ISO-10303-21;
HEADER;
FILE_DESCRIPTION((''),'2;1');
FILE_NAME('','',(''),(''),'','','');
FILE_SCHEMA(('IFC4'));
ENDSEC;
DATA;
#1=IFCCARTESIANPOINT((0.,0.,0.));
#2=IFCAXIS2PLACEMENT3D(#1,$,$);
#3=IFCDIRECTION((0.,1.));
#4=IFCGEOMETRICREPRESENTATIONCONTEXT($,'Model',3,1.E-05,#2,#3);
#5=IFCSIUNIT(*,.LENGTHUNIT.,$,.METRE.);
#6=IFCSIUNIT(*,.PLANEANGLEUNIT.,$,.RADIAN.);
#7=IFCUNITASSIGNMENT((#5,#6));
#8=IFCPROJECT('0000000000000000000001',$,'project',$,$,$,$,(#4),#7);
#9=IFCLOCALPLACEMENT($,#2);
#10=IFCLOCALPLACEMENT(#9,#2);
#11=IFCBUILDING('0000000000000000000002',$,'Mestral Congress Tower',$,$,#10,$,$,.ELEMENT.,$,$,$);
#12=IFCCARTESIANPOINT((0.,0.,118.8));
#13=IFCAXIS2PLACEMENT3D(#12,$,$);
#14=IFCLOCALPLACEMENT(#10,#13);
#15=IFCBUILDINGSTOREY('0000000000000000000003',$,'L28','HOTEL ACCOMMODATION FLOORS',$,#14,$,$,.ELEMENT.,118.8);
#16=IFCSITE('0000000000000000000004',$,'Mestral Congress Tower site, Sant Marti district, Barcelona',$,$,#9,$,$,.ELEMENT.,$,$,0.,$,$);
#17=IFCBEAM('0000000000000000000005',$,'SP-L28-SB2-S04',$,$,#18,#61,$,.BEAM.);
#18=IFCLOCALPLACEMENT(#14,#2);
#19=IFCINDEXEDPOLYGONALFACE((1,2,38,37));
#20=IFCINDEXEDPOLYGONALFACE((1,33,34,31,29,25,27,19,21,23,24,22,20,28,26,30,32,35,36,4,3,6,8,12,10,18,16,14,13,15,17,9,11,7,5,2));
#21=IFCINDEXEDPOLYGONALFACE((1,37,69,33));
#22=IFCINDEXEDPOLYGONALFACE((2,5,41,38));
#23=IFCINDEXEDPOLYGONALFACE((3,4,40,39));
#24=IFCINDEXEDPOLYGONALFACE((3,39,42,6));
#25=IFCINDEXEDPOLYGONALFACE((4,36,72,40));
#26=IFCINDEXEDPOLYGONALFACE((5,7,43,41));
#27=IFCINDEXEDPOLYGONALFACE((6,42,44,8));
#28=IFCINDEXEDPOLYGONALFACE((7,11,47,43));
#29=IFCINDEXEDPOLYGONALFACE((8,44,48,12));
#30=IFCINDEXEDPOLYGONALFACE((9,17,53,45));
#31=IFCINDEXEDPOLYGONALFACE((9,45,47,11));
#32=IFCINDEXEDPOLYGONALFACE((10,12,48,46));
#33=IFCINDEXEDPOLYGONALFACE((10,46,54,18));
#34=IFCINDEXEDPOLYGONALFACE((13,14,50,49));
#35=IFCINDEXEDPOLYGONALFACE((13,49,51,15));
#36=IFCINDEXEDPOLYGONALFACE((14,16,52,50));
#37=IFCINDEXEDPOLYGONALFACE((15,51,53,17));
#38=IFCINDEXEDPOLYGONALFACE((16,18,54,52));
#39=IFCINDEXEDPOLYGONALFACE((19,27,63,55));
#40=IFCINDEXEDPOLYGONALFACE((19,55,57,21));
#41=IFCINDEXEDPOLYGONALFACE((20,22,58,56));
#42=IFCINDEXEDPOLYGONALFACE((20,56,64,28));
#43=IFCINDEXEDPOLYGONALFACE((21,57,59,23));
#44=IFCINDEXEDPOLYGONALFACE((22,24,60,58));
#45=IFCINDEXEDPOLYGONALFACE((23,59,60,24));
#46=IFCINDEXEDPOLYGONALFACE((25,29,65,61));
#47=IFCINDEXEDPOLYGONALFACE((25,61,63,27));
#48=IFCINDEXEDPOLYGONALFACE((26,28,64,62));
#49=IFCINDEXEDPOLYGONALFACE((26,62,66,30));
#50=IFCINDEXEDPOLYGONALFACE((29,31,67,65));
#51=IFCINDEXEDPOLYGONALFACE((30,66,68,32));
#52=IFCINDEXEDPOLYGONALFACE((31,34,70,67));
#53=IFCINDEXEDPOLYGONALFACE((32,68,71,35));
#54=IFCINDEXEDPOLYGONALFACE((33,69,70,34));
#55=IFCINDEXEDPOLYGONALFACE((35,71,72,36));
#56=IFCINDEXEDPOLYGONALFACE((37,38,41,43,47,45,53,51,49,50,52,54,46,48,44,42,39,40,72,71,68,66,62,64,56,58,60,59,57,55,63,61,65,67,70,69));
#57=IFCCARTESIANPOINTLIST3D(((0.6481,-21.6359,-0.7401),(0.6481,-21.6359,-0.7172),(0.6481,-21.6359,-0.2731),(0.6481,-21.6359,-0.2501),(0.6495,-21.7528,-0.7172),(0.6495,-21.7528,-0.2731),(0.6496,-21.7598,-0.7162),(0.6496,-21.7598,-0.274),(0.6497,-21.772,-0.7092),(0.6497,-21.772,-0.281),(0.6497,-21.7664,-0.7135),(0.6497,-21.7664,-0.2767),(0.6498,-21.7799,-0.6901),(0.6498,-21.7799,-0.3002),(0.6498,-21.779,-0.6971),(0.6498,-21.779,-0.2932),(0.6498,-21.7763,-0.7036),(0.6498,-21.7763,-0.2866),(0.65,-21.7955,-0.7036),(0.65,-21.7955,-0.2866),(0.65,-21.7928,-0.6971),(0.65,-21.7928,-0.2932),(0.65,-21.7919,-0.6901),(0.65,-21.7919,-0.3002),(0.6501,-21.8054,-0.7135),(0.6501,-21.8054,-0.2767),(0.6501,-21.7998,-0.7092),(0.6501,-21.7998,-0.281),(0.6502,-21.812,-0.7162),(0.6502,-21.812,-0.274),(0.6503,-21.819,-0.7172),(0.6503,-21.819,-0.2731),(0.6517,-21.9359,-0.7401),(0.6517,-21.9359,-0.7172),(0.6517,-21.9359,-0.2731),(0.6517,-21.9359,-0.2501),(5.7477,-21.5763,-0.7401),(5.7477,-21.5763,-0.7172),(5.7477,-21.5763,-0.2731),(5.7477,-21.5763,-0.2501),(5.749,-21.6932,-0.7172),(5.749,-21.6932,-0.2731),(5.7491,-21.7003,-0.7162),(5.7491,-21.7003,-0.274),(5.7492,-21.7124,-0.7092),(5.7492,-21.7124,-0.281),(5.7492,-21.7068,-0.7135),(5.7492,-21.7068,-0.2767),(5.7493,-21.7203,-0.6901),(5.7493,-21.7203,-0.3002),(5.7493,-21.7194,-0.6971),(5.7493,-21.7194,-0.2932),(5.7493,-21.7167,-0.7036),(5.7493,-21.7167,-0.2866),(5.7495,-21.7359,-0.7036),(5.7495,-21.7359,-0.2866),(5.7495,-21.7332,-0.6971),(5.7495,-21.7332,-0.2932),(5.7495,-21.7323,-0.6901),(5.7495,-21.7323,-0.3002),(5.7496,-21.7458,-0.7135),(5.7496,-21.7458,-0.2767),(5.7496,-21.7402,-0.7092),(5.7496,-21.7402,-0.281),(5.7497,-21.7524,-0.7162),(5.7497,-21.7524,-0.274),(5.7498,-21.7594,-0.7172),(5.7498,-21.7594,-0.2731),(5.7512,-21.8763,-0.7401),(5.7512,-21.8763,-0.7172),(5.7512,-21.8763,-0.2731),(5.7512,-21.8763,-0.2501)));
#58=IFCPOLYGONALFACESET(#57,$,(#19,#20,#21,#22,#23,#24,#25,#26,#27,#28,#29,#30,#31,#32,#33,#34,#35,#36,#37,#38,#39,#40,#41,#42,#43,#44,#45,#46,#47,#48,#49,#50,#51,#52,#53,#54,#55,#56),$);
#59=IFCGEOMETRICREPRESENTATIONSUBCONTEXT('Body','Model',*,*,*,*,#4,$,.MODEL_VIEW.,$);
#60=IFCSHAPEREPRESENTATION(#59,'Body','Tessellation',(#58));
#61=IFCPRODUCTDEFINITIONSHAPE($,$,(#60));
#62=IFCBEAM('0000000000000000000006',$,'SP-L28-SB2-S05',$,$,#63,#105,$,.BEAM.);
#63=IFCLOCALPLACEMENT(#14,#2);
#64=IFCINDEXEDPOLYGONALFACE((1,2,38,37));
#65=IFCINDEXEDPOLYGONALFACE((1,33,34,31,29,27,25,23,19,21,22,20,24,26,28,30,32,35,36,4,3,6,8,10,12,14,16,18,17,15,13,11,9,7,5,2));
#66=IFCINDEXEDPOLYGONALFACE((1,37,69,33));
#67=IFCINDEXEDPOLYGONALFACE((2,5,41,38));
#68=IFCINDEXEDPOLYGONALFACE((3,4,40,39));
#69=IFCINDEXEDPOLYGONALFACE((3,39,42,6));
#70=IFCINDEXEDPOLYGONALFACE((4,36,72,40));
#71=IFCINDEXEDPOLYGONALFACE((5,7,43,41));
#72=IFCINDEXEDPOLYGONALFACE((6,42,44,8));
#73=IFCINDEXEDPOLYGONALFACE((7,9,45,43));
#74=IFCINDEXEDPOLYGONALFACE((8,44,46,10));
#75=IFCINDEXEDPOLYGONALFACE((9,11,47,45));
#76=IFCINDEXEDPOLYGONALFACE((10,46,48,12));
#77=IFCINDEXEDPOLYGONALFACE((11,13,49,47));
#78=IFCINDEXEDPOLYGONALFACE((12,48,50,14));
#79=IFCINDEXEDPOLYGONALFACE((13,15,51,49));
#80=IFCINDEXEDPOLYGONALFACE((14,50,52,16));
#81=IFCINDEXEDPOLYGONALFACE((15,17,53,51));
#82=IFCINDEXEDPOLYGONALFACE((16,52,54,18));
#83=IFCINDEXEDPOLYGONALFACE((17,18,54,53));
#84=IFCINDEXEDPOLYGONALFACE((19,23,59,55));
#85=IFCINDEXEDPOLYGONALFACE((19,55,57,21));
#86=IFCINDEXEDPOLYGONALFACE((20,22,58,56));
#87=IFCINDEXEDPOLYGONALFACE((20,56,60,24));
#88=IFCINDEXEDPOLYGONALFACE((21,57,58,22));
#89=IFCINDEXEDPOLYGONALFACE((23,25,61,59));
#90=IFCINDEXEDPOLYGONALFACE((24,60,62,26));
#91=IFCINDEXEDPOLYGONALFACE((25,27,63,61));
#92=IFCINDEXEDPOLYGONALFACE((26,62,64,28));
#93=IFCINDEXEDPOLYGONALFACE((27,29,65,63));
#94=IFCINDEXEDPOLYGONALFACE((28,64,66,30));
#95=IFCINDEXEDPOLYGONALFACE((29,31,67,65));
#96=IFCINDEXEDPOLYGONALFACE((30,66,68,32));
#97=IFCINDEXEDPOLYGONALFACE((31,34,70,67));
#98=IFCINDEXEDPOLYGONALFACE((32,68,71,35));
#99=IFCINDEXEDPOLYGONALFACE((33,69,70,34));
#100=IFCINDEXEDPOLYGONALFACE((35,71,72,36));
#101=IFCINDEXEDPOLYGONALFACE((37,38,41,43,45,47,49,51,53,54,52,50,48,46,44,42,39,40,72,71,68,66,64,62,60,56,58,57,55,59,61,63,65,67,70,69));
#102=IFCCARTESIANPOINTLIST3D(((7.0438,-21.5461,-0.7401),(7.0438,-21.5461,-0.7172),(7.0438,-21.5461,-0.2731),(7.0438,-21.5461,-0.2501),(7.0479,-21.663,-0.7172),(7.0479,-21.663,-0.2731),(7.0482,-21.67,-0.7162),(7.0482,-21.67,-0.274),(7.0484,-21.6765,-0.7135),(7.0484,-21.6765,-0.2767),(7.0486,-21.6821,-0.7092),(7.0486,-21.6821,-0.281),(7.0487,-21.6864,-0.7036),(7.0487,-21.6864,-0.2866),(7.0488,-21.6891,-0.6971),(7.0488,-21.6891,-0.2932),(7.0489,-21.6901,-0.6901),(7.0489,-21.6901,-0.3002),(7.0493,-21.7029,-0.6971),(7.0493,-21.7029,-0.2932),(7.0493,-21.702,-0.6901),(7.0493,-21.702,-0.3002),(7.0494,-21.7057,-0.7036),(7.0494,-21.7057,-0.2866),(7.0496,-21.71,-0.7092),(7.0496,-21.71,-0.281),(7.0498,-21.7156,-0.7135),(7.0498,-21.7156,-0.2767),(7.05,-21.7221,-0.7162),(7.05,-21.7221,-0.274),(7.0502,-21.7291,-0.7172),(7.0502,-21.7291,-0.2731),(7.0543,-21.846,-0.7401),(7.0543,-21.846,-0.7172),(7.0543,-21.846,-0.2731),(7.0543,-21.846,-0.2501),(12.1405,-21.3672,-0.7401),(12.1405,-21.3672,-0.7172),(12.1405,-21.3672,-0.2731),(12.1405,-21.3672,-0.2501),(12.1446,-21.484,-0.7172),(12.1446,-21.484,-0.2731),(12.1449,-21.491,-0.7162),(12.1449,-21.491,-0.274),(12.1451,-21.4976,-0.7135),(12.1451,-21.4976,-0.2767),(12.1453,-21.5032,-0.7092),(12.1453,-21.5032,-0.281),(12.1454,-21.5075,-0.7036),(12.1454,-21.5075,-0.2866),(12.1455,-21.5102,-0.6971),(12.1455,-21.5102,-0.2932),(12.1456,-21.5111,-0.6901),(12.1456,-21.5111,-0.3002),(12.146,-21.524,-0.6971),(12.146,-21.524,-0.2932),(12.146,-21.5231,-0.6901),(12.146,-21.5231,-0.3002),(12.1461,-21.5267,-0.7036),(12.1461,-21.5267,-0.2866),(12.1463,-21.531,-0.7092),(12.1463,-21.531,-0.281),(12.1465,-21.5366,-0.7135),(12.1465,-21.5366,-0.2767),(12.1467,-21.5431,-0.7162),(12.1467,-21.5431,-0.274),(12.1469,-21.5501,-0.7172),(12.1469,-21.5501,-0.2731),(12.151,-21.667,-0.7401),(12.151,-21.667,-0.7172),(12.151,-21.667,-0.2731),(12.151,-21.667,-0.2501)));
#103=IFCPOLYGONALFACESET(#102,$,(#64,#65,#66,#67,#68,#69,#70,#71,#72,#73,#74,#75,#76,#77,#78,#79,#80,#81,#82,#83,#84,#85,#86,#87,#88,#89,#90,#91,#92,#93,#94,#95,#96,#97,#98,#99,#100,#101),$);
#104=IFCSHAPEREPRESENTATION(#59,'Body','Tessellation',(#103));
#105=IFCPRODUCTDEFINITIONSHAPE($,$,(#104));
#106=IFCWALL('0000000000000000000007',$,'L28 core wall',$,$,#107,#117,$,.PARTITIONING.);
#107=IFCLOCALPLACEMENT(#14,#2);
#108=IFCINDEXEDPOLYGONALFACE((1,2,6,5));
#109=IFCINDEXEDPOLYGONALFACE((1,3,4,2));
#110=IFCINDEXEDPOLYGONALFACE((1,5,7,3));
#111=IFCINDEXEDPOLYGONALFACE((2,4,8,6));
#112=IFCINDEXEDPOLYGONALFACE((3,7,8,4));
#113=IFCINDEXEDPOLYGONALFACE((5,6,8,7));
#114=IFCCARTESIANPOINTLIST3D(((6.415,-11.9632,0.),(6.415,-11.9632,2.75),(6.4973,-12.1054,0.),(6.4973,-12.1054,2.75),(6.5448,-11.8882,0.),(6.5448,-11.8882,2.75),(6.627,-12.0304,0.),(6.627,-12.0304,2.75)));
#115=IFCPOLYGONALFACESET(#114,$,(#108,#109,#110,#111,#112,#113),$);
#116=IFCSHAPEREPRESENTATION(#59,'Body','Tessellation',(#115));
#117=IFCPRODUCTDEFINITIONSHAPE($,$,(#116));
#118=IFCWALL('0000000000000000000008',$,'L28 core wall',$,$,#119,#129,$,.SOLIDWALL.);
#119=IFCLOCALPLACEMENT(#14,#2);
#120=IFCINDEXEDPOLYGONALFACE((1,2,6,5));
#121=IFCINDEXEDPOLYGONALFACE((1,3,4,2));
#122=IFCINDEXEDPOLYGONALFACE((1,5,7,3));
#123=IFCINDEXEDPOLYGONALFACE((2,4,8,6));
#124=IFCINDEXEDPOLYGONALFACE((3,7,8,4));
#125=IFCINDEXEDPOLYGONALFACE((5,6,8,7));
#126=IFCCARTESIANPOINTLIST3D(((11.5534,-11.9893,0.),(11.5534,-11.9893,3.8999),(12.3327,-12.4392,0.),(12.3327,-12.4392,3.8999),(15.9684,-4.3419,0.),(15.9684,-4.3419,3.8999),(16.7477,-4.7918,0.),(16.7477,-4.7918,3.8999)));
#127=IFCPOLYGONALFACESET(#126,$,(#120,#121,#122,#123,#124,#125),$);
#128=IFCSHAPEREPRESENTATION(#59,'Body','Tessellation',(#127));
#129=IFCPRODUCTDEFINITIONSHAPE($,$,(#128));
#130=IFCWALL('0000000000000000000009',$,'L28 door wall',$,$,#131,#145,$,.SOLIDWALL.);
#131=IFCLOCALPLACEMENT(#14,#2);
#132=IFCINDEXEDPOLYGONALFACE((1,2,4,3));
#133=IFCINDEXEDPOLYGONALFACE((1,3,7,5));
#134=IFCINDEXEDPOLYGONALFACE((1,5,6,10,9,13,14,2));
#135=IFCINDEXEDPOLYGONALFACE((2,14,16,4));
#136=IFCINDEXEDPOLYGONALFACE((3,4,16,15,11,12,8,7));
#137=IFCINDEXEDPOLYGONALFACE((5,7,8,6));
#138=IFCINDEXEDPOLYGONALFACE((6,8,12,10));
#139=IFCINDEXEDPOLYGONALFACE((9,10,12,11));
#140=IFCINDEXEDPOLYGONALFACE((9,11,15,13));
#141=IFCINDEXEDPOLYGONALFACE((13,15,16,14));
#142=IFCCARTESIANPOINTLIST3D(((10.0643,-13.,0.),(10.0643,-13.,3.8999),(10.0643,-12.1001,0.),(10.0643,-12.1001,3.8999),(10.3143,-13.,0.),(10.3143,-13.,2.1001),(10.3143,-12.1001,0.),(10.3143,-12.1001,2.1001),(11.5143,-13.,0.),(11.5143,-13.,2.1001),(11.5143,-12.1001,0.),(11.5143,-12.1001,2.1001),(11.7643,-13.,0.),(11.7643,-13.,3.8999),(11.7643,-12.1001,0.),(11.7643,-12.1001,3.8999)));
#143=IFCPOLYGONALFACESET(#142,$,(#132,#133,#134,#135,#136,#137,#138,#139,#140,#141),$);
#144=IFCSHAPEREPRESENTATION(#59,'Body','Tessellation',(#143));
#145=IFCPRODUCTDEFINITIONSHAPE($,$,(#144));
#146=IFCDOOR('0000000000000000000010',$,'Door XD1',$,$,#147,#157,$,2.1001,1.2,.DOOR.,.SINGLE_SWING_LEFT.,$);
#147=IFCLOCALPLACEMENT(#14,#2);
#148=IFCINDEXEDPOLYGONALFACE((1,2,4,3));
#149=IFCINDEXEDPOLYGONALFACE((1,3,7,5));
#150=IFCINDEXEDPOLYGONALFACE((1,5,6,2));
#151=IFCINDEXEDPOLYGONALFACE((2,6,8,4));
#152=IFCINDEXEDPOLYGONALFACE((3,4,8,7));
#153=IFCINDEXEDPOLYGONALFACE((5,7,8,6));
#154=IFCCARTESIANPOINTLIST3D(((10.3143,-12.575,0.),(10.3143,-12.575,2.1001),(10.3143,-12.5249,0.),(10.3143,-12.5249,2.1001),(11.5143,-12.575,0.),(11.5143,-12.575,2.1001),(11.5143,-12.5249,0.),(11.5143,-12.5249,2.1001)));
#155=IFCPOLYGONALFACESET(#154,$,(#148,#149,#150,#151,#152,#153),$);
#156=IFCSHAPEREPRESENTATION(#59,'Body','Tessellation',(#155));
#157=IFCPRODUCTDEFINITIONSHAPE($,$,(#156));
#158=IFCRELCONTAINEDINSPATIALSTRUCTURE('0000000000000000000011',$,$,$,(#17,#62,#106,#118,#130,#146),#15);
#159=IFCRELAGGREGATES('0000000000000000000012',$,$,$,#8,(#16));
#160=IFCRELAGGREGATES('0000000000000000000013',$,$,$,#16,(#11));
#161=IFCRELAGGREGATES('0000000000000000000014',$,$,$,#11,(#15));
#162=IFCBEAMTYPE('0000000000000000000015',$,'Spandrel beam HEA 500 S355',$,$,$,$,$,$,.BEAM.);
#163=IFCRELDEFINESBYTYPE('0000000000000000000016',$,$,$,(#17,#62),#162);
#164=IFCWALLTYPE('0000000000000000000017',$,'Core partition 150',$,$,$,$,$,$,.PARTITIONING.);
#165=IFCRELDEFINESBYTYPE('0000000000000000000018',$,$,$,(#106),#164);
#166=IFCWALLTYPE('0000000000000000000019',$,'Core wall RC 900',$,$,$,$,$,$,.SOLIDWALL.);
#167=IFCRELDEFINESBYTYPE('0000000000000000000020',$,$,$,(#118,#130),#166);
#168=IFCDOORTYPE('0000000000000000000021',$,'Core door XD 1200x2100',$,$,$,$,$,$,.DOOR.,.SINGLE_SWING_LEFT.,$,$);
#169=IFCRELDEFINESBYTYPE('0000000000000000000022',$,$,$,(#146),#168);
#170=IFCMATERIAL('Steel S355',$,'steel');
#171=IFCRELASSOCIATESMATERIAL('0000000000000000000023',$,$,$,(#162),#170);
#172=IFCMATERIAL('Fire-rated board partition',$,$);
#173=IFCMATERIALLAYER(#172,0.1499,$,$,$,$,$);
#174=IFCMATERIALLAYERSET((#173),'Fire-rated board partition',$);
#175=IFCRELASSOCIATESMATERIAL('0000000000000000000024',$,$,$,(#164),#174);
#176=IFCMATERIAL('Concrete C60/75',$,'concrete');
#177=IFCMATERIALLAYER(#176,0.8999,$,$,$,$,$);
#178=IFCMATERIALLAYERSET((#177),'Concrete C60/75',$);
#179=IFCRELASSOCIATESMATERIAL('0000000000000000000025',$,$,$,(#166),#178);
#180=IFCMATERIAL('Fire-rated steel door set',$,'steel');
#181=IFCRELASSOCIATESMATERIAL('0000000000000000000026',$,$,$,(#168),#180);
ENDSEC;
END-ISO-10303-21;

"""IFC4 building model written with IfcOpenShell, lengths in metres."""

from ifc_helpers import new_model, si_unit, direction, frame, frame_2d, origin, origin_2d, place, context, subcontext, project, spatial, rectangle, i_section, extrude, material, layer, layer_set, material_profile, profile_set, type_object, element, fill, save


model = new_model("IFC4")

# Units and contexts
model_context = context("Model", 3, precision=1e-05, world=origin(), true_north=direction((0.0, 1.0)))
body_context = subcontext(model_context, "Body", "Model", "MODEL_VIEW")
ifc_project = project(units=[si_unit("LENGTHUNIT", "METRE"), si_unit("PLANEANGLEUNIT", "RADIAN")], contexts=[model_context])

# Site, building, storey
site_placement = place(None, origin())
site = spatial("IfcSite", under=ifc_project, at=site_placement, Name="Mestral Congress Tower site, Sant Marti district, Barcelona", CompositionType="ELEMENT", RefElevation=0.0)
building_placement = place(site_placement, origin())
building = spatial("IfcBuilding", under=site, at=building_placement, Name="Mestral Congress Tower", CompositionType="ELEMENT")
storey_placement = place(building_placement, frame((0.0, 0.0, 118.8)))
storey = spatial("IfcBuildingStorey", under=building, at=storey_placement, Name="L28", Description="HOTEL ACCOMMODATION FLOORS", CompositionType="ELEMENT", Elevation=118.8)

# Beams
ifc_material_1 = material(Name="Steel S355", Category="steel")
ifc_material_profile_1 = material_profile(ifc_material_1, i_section(OverallWidth=0.3, OverallDepth=0.49, WebThickness=0.012, FlangeThickness=0.0229, FilletRadius=0.0271, at=origin_2d()), Name="HEA 500")
ifc_profile_set_1 = profile_set([ifc_material_profile_1], Name="Steel S355")
beam_type_1 = type_object("IfcBeamType", Name="Spandrel beam HEA 500 S355", PredefinedType="BEAM", material=ifc_profile_set_1)
for number, where, z_axis, x_axis, name in (
    (1, (0.6499, -21.7859, -0.4951), (0.999932, 0.011681, 0.0), (-0.011681, 0.999932, 0.0), "SP-L28-SB2-S04"),
    (2, (7.0491, -21.696, -0.4951), (0.999384, 0.03509, 0.0), (-0.03509, 0.999384, 0.0), "SP-L28-SB2-S05"),
):
    element("IfcBeam", number, at=place(storey_placement, frame(where, z_axis=z_axis, x_axis=x_axis)), inside=storey, type_object=beam_type_1, Name=name, PredefinedType="BEAM", context=body_context, shape_type="SweptSolid", body=[
        extrude(i_section(OverallWidth=0.3, OverallDepth=0.49, WebThickness=0.012, FlangeThickness=0.0229, FilletRadius=0.0271, at=origin_2d()), origin(), (0.0, 0.0, 1.0), 5.0999),
    ])

# Walls
ifc_material_2 = material(Name="Fire-rated board partition")
ifc_layer_1 = layer(ifc_material_2, 0.1499)
ifc_layer_set_1 = layer_set([ifc_layer_1], Name="Fire-rated board partition")
wall_type_1 = type_object("IfcWallType", Name="Core partition 150", PredefinedType="PARTITIONING", material=ifc_layer_set_1)
wall_1_placement = place(storey_placement, frame((6.48, -11.9258, 0.0), z_axis=(0.0, 0.0, 1.0), x_axis=(0.500451, -0.865765, 0.0)))
element("IfcWall", 3, at=wall_1_placement, inside=storey, type_object=wall_type_1, Name="L28 core wall", PredefinedType="PARTITIONING", context=body_context, shape_type="SweptSolid", body=[
    extrude(rectangle(XDim=0.1643, YDim=0.1499, at=frame_2d((0.082, 0.0))), origin(), (0.0, 0.0, 1.0), 2.75),
])
ifc_material_3 = material(Name="Concrete C60/75", Category="concrete")
ifc_layer_2 = layer(ifc_material_3, 0.8999)
ifc_layer_set_2 = layer_set([ifc_layer_2], Name="Concrete C60/75")
wall_type_2 = type_object("IfcWallType", Name="Core wall RC 900", PredefinedType="SOLIDWALL", material=ifc_layer_set_2)
wall_2_placement = place(storey_placement, frame((11.9431, -12.2141, 0.0), z_axis=(0.0, 0.0, 1.0), x_axis=(0.499981, 0.866036, 0.0)))
element("IfcWall", 4, at=wall_2_placement, inside=storey, type_object=wall_type_2, Name="L28 core wall", PredefinedType="SOLIDWALL", context=body_context, shape_type="SweptSolid", body=[
    extrude(rectangle(XDim=8.8303, YDim=0.8999, at=frame_2d((4.415, 0.0))), origin(), (0.0, 0.0, 1.0), 3.8999),
])

# Wall, opening, door
wall_3_placement = place(storey_placement, frame((11.7644, -12.55, 0.0), z_axis=(0.0, 0.0, 1.0), x_axis=(-1.0, 0.0, 0.0)))
wall_3 = element("IfcWall", 5, at=wall_3_placement, inside=storey, type_object=wall_type_2, Name="L28 door wall", PredefinedType="SOLIDWALL", context=body_context, shape_type="SweptSolid", body=[
    extrude(rectangle(XDim=1.7, YDim=0.8999, at=frame_2d((0.8501, 0.0))), origin(), (0.0, 0.0, 1.0), 3.8999),
])
opening_1_placement = place(wall_3_placement, frame((0.25, 0.0, 0.0)))
opening_1 = element("IfcOpeningElement", 6, at=opening_1_placement, cuts=wall_3, PredefinedType="OPENING", context=body_context, shape_type="SweptSolid", body=[
    extrude(rectangle(XDim=1.2, YDim=2.1001, at=frame_2d((0.6001, 1.05))), frame((0.0, 0.46, 0.0), z_axis=(0.0, -1.0, 0.0), x_axis=(1.0, 0.0, 0.0)), (0.0, 0.0, 1.0), 0.9199),
])
ifc_material_4 = material(Name="Fire-rated steel door set", Category="steel")
door_type_1 = type_object("IfcDoorType", Name="Core door XD 1200x2100", OperationType="SINGLE_SWING_LEFT", PredefinedType="DOOR", material=ifc_material_4)
door_1_placement = place(opening_1_placement, origin())
door_1 = element("IfcDoor", 7, at=door_1_placement, inside=storey, type_object=door_type_1, Name="Door XD1", OperationType="SINGLE_SWING_LEFT", OverallHeight=2.1001, OverallWidth=1.2, PredefinedType="DOOR", context=body_context, shape_type="SweptSolid", body=[
    extrude(rectangle(XDim=1.2, YDim=2.1001, at=frame_2d((0.6001, 1.05))), frame((0.0, 0.0249, 0.0), z_axis=(0.0, -1.0, 0.0), x_axis=(1.0, 0.0, 0.0)), (0.0, 0.0, 1.0), 0.05),
])
fill(opening_1, door_1)

save(model, "model.ifc")
